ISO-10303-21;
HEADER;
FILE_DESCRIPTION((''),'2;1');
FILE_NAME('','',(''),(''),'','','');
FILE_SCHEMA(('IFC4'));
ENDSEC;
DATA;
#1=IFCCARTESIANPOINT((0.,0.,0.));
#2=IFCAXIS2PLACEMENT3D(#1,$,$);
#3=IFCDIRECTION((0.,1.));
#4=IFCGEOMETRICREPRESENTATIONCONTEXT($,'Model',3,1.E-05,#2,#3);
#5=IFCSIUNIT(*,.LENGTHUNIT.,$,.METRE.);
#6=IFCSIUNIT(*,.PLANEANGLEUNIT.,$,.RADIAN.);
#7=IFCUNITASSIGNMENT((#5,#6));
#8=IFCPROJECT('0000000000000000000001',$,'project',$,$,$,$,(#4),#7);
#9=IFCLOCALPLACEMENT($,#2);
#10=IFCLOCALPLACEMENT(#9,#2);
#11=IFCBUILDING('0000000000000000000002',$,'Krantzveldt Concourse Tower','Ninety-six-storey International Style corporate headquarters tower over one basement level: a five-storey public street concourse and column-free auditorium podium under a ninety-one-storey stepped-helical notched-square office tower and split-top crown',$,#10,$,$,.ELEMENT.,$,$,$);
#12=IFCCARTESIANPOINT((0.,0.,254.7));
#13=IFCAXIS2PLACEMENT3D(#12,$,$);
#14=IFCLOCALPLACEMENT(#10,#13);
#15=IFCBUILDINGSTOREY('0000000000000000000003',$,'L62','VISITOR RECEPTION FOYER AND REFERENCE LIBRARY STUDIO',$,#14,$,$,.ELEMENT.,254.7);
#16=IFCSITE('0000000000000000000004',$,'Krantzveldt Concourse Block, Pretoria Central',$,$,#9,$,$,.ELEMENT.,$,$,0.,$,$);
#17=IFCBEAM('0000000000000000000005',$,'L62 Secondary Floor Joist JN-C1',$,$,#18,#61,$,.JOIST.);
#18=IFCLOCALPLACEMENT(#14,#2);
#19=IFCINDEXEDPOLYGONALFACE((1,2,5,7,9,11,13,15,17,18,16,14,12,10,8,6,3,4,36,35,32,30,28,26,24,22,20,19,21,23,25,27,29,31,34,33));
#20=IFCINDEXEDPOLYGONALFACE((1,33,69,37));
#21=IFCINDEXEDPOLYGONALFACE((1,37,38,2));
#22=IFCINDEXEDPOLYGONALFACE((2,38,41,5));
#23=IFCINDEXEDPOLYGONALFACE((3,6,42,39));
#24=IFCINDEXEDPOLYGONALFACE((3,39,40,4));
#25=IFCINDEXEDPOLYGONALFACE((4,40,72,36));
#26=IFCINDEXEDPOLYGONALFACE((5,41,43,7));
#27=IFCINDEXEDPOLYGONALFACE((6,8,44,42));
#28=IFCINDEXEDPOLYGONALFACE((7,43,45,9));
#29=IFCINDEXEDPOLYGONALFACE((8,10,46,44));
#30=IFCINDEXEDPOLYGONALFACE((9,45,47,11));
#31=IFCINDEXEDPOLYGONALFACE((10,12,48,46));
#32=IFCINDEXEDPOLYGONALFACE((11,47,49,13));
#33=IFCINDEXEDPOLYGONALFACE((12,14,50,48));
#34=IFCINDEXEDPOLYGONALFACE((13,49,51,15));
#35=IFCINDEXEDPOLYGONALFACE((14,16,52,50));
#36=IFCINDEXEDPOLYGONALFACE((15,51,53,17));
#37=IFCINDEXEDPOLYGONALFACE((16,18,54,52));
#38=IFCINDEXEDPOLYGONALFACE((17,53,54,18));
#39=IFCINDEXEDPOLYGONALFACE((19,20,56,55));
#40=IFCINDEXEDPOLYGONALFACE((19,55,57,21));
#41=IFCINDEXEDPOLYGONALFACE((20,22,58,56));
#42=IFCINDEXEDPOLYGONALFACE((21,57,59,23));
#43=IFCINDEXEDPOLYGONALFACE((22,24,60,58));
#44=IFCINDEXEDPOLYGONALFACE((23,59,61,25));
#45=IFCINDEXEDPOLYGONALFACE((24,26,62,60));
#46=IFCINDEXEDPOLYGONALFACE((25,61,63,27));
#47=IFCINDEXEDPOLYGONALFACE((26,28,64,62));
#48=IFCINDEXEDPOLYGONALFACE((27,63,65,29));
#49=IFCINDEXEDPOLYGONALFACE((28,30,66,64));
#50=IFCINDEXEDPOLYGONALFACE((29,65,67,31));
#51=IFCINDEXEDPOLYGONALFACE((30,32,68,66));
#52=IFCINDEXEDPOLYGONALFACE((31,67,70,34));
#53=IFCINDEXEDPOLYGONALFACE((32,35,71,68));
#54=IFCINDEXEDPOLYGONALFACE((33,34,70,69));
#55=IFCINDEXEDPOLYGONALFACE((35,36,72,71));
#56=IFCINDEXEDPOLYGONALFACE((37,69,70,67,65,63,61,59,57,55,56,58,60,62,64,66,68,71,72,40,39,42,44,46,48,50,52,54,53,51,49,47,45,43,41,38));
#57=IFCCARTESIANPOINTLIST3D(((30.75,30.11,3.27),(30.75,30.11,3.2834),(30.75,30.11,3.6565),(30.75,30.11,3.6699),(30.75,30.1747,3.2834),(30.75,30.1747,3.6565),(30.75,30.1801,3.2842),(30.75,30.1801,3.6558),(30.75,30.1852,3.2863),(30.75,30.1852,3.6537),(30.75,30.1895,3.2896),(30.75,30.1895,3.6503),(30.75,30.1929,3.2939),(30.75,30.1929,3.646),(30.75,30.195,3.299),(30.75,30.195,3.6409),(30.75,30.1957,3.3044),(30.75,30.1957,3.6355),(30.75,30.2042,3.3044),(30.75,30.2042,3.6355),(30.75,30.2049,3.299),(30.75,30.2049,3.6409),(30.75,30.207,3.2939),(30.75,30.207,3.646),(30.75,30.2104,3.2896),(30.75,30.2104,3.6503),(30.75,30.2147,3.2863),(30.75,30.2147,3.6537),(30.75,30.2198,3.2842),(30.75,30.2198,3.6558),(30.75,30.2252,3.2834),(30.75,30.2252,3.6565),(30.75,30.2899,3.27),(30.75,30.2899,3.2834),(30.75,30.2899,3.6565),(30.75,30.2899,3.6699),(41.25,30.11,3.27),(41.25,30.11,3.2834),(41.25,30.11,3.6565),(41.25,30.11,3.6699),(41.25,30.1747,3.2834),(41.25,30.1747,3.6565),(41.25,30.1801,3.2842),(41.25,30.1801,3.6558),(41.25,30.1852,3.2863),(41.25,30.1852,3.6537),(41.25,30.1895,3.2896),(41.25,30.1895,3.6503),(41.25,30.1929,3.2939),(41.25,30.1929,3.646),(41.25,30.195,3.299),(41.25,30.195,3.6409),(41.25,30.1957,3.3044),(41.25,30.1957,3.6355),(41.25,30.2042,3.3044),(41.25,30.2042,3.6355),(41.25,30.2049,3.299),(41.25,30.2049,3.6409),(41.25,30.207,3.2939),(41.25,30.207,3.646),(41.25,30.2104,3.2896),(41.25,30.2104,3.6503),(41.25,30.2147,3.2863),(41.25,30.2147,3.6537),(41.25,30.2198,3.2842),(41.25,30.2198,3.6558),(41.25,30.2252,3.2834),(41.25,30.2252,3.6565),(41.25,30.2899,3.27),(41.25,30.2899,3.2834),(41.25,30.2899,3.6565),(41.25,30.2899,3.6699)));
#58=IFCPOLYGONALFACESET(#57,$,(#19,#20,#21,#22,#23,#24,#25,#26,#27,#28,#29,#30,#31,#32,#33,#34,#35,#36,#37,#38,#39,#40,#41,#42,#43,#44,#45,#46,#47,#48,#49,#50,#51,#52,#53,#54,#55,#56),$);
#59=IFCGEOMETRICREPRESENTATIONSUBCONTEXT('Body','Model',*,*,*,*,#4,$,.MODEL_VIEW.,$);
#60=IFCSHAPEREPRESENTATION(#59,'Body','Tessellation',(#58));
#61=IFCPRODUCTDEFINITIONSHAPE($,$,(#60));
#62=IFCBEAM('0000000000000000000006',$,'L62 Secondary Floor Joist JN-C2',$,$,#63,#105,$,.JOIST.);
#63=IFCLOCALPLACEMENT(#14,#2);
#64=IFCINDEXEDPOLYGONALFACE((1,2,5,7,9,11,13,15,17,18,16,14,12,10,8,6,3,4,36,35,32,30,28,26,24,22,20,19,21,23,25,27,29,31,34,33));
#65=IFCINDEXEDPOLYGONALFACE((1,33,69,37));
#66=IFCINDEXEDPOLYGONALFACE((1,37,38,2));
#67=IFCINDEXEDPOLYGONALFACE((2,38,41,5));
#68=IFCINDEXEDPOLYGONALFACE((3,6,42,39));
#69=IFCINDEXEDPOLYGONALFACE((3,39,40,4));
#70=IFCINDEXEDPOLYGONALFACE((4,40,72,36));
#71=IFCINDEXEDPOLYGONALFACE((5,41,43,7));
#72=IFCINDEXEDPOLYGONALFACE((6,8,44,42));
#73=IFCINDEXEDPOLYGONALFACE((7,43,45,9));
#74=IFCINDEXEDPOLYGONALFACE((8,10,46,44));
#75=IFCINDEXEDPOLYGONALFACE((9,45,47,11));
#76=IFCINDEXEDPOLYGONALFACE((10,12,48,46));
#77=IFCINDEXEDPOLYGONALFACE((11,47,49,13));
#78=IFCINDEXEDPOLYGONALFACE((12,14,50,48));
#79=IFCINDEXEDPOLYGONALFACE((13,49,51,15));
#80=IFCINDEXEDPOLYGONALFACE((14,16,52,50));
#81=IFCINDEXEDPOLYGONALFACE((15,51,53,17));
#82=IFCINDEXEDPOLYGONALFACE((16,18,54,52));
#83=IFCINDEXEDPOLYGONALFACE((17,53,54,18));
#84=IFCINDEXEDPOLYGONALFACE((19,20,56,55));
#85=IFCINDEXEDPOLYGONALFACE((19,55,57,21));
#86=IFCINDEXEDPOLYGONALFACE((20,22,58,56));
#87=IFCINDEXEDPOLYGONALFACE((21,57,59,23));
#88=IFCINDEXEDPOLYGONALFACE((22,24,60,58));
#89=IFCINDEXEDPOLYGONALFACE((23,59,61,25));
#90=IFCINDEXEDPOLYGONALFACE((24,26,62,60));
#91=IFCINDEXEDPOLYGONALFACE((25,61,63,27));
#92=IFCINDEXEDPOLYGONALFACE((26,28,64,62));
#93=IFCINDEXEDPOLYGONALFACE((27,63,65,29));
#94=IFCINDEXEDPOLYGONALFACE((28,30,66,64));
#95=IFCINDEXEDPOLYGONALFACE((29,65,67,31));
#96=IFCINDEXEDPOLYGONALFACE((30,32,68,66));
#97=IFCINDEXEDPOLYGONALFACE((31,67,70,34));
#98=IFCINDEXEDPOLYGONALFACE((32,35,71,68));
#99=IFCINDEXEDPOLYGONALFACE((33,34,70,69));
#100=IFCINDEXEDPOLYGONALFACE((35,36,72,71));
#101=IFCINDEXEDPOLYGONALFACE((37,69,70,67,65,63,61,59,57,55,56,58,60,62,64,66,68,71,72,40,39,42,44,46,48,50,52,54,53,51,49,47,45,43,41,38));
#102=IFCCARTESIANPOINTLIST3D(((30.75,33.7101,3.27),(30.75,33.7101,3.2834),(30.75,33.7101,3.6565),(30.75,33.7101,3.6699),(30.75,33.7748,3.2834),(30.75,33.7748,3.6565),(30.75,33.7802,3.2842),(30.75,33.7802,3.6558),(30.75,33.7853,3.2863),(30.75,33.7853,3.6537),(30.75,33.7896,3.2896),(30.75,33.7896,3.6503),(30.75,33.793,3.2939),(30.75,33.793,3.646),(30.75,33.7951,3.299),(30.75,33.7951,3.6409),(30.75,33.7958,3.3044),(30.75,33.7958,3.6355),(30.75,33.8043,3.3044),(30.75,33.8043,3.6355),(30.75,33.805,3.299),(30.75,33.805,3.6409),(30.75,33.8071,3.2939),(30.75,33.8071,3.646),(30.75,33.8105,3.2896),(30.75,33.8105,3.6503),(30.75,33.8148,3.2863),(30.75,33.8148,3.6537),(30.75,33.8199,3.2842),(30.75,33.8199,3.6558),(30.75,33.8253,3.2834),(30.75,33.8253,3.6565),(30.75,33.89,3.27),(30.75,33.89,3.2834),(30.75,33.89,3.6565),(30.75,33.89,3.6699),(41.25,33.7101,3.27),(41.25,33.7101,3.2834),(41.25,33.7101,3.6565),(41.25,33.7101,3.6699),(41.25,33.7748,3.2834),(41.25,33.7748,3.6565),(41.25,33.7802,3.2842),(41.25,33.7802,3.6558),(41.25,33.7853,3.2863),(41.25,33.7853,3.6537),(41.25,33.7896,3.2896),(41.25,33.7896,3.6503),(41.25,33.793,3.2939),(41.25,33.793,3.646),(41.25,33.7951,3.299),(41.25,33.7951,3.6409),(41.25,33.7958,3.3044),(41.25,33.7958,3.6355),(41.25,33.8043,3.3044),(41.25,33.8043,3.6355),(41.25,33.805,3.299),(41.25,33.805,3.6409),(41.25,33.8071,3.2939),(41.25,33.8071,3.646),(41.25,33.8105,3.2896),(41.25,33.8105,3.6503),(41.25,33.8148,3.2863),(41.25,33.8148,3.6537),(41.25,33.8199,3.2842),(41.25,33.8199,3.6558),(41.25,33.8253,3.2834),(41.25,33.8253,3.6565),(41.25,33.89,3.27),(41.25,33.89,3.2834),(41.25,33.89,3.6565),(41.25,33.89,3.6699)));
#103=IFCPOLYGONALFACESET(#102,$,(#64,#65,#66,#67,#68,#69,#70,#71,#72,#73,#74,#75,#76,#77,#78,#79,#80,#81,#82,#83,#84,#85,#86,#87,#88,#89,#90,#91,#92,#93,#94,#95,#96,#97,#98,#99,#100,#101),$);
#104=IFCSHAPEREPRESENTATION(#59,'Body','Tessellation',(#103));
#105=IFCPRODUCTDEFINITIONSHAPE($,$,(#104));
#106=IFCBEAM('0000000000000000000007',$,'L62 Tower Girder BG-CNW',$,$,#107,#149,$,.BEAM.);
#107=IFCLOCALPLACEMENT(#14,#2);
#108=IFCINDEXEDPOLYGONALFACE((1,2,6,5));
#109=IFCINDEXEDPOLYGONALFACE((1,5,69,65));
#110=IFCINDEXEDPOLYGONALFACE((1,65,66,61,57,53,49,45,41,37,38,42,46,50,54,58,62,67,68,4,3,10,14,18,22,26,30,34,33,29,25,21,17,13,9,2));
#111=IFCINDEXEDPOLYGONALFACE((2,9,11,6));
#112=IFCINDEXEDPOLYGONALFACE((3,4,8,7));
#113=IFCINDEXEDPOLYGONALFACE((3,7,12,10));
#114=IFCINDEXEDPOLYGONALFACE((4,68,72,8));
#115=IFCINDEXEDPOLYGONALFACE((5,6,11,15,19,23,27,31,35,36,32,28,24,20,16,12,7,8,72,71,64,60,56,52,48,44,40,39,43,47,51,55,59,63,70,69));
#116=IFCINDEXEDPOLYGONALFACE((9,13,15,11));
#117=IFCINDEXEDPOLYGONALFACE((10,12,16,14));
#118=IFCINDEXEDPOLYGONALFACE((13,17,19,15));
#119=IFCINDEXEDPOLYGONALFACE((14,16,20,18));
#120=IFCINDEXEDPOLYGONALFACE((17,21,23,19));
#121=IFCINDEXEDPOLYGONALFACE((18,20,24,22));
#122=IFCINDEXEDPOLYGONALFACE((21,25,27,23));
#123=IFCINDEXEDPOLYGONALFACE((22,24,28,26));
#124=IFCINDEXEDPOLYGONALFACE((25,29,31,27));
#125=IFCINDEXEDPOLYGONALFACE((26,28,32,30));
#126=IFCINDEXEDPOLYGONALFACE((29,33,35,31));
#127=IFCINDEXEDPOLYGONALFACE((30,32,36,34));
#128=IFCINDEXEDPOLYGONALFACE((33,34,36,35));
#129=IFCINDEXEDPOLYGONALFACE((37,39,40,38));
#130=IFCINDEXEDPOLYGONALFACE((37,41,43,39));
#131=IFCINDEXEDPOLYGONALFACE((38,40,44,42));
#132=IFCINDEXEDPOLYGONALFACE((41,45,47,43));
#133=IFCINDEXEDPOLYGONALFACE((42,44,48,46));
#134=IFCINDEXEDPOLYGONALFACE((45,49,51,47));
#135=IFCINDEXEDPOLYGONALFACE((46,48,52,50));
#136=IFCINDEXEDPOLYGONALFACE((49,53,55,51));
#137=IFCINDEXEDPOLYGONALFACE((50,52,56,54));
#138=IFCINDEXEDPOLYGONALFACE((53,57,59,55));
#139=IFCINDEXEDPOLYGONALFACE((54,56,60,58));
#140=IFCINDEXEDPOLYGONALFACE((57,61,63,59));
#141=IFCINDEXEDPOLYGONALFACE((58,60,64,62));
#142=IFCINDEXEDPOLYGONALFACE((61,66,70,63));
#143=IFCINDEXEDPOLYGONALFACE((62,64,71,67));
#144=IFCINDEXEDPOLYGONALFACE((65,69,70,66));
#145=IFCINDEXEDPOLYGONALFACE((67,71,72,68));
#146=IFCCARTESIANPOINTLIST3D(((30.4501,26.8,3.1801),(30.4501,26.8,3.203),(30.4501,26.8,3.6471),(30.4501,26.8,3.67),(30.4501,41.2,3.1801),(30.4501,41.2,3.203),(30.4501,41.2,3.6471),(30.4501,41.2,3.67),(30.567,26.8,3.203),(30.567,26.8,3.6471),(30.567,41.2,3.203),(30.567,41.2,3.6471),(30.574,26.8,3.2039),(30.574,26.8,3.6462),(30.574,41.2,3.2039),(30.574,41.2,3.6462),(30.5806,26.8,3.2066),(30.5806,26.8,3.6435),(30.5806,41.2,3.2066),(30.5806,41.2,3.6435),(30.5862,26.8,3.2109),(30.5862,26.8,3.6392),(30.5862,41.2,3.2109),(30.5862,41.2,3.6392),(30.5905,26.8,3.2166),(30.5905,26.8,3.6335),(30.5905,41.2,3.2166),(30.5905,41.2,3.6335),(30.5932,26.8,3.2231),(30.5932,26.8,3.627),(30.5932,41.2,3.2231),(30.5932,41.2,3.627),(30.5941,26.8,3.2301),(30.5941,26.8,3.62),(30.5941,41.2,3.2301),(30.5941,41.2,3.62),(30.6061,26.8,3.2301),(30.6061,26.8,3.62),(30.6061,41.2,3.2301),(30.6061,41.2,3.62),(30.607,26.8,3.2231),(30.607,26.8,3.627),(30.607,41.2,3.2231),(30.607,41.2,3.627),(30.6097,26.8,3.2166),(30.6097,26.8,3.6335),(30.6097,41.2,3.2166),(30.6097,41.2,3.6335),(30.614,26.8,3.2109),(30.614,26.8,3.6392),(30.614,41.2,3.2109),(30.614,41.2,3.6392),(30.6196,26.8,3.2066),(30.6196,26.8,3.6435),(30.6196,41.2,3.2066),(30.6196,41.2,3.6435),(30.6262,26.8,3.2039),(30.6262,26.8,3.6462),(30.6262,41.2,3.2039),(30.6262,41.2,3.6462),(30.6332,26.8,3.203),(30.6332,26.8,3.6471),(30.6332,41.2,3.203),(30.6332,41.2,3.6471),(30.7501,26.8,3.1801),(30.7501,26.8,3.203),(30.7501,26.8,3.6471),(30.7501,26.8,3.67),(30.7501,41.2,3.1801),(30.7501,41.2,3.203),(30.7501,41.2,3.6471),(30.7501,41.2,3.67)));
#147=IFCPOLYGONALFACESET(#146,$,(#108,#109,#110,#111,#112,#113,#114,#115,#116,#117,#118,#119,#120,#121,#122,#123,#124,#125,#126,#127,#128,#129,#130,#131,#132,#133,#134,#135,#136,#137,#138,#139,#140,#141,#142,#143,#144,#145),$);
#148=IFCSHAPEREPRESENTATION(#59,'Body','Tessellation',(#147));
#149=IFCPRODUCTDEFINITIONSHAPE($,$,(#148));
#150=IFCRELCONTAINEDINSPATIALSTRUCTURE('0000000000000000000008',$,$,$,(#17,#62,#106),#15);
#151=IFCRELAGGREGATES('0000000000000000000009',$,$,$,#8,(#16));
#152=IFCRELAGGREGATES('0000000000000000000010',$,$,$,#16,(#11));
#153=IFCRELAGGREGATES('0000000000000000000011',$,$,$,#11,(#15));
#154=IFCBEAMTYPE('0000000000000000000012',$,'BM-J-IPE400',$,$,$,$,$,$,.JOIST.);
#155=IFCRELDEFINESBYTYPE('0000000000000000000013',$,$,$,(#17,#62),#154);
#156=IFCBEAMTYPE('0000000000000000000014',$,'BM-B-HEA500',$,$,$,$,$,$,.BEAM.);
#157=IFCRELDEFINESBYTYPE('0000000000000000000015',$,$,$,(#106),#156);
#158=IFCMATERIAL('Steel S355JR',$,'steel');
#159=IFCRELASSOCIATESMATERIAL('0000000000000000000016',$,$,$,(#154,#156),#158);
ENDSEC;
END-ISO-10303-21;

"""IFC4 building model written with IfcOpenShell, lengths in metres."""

from ifc_helpers import new_model, si_unit, direction, frame, origin, origin_2d, place, context, subcontext, project, spatial, i_section, extrude, source, transform, mapped, material, material_profile, profile_set, type_object, type_shapes, element, save


model = new_model("IFC4")

# Units and contexts
model_context = context("Model", 3, precision=1e-05, world=origin(), true_north=direction((0.0, 1.0)))
body_context = subcontext(model_context, "Body", "Model", "MODEL_VIEW")
ifc_project = project(units=[si_unit("LENGTHUNIT", "METRE"), si_unit("PLANEANGLEUNIT", "RADIAN")], contexts=[model_context])

# Site, building, storey
site_placement = place(None, origin())
site = spatial("IfcSite", under=ifc_project, at=site_placement, Name="Krantzveldt Concourse Block, Pretoria Central", CompositionType="ELEMENT", RefElevation=0.0)
building_placement = place(site_placement, origin())
building = spatial("IfcBuilding", under=site, at=building_placement, Name="Krantzveldt Concourse Tower", Description="Ninety-six-storey International Style corporate headquarters tower over one basement level: a five-storey public street concourse and column-free auditorium podium under a ninety-one-storey stepped-helical notched-square office tower and split-top crown", CompositionType="ELEMENT")
storey_placement = place(building_placement, frame((0.0, 0.0, 254.7)))
storey = spatial("IfcBuildingStorey", under=building, at=storey_placement, Name="L62", Description="VISITOR RECEPTION FOYER AND REFERENCE LIBRARY STUDIO", CompositionType="ELEMENT", Elevation=254.7)

# Beams
ifc_material_1 = material(Name="Steel S355JR", Category="steel")
ifc_material_profile_1 = material_profile(ifc_material_1, i_section(OverallWidth=0.1799, OverallDepth=0.3999, WebThickness=0.0085, FlangeThickness=0.0134, FilletRadius=0.021, at=origin_2d()), Name="Steel S355JR", Category="steel")
ifc_profile_set_1 = profile_set([ifc_material_profile_1], Name="Steel S355JR - IPE 400")
beam_type_1 = type_object("IfcBeamType", Name="BM-J-IPE400", PredefinedType="JOIST", material=ifc_profile_set_1)
shared_shape_1 = source(origin(), body_context, "Body", "SweptSolid", [
    extrude(i_section(OverallWidth=0.1799, OverallDepth=0.3999, WebThickness=0.0085, FlangeThickness=0.0134, FilletRadius=0.021, at=origin_2d()), origin(), (0.0, 0.0, 1.0), 10.5),
])
type_shapes(beam_type_1, [shared_shape_1])
for number, where, z_axis, x_axis, name in (
    (1, (30.75, 30.2, 3.47), (1.0, 0.0, 0.0), (0.0, 1.0, 0.0), "L62 Secondary Floor Joist JN-C1"),
    (2, (30.75, 33.8, 3.47), (1.0, 0.0, 0.0), (0.0, 1.0, 0.0), "L62 Secondary Floor Joist JN-C2"),
):
    element("IfcBeam", number, at=place(storey_placement, frame(where, z_axis=z_axis, x_axis=x_axis)), inside=storey, type_object=beam_type_1, Name=name, PredefinedType="JOIST", context=body_context, shape_type="MappedRepresentation", body=[
        mapped(shared_shape_1, transform((0.0, 0.0, 0.0), x_axis=(1.0, 0.0, 0.0), y_axis=(0.0, 1.0, 0.0), z_axis=(0.0, 0.0, 1.0), scale=1.0)),
    ])
ifc_material_profile_2 = material_profile(ifc_material_1, i_section(OverallWidth=0.3, OverallDepth=0.49, WebThickness=0.012, FlangeThickness=0.0229, FilletRadius=0.0271, at=origin_2d()), Name="Steel S355JR", Category="steel")
ifc_profile_set_2 = profile_set([ifc_material_profile_2], Name="Steel S355JR - HEA 500")
beam_type_2 = type_object("IfcBeamType", Name="BM-B-HEA500", PredefinedType="BEAM", material=ifc_profile_set_2)
shared_shape_2 = source(origin(), body_context, "Body", "SweptSolid", [
    extrude(i_section(OverallWidth=0.3, OverallDepth=0.49, WebThickness=0.012, FlangeThickness=0.0229, FilletRadius=0.0271, at=origin_2d()), origin(), (0.0, 0.0, 1.0), 14.3999),
])
type_shapes(beam_type_2, [shared_shape_2])
beam_1_placement = place(storey_placement, frame((30.6001, 26.8, 3.425), z_axis=(0.0, 1.0, 0.0), x_axis=(-1.0, 0.0, 0.0)))
element("IfcBeam", 3, at=beam_1_placement, inside=storey, type_object=beam_type_2, Name="L62 Tower Girder BG-CNW", PredefinedType="BEAM", context=body_context, shape_type="MappedRepresentation", body=[
    mapped(shared_shape_2, transform((0.0, 0.0, 0.0), x_axis=(1.0, 0.0, 0.0), y_axis=(0.0, 1.0, 0.0), z_axis=(0.0, 0.0, 1.0), scale=1.0)),
])

save(model, "model.ifc")
